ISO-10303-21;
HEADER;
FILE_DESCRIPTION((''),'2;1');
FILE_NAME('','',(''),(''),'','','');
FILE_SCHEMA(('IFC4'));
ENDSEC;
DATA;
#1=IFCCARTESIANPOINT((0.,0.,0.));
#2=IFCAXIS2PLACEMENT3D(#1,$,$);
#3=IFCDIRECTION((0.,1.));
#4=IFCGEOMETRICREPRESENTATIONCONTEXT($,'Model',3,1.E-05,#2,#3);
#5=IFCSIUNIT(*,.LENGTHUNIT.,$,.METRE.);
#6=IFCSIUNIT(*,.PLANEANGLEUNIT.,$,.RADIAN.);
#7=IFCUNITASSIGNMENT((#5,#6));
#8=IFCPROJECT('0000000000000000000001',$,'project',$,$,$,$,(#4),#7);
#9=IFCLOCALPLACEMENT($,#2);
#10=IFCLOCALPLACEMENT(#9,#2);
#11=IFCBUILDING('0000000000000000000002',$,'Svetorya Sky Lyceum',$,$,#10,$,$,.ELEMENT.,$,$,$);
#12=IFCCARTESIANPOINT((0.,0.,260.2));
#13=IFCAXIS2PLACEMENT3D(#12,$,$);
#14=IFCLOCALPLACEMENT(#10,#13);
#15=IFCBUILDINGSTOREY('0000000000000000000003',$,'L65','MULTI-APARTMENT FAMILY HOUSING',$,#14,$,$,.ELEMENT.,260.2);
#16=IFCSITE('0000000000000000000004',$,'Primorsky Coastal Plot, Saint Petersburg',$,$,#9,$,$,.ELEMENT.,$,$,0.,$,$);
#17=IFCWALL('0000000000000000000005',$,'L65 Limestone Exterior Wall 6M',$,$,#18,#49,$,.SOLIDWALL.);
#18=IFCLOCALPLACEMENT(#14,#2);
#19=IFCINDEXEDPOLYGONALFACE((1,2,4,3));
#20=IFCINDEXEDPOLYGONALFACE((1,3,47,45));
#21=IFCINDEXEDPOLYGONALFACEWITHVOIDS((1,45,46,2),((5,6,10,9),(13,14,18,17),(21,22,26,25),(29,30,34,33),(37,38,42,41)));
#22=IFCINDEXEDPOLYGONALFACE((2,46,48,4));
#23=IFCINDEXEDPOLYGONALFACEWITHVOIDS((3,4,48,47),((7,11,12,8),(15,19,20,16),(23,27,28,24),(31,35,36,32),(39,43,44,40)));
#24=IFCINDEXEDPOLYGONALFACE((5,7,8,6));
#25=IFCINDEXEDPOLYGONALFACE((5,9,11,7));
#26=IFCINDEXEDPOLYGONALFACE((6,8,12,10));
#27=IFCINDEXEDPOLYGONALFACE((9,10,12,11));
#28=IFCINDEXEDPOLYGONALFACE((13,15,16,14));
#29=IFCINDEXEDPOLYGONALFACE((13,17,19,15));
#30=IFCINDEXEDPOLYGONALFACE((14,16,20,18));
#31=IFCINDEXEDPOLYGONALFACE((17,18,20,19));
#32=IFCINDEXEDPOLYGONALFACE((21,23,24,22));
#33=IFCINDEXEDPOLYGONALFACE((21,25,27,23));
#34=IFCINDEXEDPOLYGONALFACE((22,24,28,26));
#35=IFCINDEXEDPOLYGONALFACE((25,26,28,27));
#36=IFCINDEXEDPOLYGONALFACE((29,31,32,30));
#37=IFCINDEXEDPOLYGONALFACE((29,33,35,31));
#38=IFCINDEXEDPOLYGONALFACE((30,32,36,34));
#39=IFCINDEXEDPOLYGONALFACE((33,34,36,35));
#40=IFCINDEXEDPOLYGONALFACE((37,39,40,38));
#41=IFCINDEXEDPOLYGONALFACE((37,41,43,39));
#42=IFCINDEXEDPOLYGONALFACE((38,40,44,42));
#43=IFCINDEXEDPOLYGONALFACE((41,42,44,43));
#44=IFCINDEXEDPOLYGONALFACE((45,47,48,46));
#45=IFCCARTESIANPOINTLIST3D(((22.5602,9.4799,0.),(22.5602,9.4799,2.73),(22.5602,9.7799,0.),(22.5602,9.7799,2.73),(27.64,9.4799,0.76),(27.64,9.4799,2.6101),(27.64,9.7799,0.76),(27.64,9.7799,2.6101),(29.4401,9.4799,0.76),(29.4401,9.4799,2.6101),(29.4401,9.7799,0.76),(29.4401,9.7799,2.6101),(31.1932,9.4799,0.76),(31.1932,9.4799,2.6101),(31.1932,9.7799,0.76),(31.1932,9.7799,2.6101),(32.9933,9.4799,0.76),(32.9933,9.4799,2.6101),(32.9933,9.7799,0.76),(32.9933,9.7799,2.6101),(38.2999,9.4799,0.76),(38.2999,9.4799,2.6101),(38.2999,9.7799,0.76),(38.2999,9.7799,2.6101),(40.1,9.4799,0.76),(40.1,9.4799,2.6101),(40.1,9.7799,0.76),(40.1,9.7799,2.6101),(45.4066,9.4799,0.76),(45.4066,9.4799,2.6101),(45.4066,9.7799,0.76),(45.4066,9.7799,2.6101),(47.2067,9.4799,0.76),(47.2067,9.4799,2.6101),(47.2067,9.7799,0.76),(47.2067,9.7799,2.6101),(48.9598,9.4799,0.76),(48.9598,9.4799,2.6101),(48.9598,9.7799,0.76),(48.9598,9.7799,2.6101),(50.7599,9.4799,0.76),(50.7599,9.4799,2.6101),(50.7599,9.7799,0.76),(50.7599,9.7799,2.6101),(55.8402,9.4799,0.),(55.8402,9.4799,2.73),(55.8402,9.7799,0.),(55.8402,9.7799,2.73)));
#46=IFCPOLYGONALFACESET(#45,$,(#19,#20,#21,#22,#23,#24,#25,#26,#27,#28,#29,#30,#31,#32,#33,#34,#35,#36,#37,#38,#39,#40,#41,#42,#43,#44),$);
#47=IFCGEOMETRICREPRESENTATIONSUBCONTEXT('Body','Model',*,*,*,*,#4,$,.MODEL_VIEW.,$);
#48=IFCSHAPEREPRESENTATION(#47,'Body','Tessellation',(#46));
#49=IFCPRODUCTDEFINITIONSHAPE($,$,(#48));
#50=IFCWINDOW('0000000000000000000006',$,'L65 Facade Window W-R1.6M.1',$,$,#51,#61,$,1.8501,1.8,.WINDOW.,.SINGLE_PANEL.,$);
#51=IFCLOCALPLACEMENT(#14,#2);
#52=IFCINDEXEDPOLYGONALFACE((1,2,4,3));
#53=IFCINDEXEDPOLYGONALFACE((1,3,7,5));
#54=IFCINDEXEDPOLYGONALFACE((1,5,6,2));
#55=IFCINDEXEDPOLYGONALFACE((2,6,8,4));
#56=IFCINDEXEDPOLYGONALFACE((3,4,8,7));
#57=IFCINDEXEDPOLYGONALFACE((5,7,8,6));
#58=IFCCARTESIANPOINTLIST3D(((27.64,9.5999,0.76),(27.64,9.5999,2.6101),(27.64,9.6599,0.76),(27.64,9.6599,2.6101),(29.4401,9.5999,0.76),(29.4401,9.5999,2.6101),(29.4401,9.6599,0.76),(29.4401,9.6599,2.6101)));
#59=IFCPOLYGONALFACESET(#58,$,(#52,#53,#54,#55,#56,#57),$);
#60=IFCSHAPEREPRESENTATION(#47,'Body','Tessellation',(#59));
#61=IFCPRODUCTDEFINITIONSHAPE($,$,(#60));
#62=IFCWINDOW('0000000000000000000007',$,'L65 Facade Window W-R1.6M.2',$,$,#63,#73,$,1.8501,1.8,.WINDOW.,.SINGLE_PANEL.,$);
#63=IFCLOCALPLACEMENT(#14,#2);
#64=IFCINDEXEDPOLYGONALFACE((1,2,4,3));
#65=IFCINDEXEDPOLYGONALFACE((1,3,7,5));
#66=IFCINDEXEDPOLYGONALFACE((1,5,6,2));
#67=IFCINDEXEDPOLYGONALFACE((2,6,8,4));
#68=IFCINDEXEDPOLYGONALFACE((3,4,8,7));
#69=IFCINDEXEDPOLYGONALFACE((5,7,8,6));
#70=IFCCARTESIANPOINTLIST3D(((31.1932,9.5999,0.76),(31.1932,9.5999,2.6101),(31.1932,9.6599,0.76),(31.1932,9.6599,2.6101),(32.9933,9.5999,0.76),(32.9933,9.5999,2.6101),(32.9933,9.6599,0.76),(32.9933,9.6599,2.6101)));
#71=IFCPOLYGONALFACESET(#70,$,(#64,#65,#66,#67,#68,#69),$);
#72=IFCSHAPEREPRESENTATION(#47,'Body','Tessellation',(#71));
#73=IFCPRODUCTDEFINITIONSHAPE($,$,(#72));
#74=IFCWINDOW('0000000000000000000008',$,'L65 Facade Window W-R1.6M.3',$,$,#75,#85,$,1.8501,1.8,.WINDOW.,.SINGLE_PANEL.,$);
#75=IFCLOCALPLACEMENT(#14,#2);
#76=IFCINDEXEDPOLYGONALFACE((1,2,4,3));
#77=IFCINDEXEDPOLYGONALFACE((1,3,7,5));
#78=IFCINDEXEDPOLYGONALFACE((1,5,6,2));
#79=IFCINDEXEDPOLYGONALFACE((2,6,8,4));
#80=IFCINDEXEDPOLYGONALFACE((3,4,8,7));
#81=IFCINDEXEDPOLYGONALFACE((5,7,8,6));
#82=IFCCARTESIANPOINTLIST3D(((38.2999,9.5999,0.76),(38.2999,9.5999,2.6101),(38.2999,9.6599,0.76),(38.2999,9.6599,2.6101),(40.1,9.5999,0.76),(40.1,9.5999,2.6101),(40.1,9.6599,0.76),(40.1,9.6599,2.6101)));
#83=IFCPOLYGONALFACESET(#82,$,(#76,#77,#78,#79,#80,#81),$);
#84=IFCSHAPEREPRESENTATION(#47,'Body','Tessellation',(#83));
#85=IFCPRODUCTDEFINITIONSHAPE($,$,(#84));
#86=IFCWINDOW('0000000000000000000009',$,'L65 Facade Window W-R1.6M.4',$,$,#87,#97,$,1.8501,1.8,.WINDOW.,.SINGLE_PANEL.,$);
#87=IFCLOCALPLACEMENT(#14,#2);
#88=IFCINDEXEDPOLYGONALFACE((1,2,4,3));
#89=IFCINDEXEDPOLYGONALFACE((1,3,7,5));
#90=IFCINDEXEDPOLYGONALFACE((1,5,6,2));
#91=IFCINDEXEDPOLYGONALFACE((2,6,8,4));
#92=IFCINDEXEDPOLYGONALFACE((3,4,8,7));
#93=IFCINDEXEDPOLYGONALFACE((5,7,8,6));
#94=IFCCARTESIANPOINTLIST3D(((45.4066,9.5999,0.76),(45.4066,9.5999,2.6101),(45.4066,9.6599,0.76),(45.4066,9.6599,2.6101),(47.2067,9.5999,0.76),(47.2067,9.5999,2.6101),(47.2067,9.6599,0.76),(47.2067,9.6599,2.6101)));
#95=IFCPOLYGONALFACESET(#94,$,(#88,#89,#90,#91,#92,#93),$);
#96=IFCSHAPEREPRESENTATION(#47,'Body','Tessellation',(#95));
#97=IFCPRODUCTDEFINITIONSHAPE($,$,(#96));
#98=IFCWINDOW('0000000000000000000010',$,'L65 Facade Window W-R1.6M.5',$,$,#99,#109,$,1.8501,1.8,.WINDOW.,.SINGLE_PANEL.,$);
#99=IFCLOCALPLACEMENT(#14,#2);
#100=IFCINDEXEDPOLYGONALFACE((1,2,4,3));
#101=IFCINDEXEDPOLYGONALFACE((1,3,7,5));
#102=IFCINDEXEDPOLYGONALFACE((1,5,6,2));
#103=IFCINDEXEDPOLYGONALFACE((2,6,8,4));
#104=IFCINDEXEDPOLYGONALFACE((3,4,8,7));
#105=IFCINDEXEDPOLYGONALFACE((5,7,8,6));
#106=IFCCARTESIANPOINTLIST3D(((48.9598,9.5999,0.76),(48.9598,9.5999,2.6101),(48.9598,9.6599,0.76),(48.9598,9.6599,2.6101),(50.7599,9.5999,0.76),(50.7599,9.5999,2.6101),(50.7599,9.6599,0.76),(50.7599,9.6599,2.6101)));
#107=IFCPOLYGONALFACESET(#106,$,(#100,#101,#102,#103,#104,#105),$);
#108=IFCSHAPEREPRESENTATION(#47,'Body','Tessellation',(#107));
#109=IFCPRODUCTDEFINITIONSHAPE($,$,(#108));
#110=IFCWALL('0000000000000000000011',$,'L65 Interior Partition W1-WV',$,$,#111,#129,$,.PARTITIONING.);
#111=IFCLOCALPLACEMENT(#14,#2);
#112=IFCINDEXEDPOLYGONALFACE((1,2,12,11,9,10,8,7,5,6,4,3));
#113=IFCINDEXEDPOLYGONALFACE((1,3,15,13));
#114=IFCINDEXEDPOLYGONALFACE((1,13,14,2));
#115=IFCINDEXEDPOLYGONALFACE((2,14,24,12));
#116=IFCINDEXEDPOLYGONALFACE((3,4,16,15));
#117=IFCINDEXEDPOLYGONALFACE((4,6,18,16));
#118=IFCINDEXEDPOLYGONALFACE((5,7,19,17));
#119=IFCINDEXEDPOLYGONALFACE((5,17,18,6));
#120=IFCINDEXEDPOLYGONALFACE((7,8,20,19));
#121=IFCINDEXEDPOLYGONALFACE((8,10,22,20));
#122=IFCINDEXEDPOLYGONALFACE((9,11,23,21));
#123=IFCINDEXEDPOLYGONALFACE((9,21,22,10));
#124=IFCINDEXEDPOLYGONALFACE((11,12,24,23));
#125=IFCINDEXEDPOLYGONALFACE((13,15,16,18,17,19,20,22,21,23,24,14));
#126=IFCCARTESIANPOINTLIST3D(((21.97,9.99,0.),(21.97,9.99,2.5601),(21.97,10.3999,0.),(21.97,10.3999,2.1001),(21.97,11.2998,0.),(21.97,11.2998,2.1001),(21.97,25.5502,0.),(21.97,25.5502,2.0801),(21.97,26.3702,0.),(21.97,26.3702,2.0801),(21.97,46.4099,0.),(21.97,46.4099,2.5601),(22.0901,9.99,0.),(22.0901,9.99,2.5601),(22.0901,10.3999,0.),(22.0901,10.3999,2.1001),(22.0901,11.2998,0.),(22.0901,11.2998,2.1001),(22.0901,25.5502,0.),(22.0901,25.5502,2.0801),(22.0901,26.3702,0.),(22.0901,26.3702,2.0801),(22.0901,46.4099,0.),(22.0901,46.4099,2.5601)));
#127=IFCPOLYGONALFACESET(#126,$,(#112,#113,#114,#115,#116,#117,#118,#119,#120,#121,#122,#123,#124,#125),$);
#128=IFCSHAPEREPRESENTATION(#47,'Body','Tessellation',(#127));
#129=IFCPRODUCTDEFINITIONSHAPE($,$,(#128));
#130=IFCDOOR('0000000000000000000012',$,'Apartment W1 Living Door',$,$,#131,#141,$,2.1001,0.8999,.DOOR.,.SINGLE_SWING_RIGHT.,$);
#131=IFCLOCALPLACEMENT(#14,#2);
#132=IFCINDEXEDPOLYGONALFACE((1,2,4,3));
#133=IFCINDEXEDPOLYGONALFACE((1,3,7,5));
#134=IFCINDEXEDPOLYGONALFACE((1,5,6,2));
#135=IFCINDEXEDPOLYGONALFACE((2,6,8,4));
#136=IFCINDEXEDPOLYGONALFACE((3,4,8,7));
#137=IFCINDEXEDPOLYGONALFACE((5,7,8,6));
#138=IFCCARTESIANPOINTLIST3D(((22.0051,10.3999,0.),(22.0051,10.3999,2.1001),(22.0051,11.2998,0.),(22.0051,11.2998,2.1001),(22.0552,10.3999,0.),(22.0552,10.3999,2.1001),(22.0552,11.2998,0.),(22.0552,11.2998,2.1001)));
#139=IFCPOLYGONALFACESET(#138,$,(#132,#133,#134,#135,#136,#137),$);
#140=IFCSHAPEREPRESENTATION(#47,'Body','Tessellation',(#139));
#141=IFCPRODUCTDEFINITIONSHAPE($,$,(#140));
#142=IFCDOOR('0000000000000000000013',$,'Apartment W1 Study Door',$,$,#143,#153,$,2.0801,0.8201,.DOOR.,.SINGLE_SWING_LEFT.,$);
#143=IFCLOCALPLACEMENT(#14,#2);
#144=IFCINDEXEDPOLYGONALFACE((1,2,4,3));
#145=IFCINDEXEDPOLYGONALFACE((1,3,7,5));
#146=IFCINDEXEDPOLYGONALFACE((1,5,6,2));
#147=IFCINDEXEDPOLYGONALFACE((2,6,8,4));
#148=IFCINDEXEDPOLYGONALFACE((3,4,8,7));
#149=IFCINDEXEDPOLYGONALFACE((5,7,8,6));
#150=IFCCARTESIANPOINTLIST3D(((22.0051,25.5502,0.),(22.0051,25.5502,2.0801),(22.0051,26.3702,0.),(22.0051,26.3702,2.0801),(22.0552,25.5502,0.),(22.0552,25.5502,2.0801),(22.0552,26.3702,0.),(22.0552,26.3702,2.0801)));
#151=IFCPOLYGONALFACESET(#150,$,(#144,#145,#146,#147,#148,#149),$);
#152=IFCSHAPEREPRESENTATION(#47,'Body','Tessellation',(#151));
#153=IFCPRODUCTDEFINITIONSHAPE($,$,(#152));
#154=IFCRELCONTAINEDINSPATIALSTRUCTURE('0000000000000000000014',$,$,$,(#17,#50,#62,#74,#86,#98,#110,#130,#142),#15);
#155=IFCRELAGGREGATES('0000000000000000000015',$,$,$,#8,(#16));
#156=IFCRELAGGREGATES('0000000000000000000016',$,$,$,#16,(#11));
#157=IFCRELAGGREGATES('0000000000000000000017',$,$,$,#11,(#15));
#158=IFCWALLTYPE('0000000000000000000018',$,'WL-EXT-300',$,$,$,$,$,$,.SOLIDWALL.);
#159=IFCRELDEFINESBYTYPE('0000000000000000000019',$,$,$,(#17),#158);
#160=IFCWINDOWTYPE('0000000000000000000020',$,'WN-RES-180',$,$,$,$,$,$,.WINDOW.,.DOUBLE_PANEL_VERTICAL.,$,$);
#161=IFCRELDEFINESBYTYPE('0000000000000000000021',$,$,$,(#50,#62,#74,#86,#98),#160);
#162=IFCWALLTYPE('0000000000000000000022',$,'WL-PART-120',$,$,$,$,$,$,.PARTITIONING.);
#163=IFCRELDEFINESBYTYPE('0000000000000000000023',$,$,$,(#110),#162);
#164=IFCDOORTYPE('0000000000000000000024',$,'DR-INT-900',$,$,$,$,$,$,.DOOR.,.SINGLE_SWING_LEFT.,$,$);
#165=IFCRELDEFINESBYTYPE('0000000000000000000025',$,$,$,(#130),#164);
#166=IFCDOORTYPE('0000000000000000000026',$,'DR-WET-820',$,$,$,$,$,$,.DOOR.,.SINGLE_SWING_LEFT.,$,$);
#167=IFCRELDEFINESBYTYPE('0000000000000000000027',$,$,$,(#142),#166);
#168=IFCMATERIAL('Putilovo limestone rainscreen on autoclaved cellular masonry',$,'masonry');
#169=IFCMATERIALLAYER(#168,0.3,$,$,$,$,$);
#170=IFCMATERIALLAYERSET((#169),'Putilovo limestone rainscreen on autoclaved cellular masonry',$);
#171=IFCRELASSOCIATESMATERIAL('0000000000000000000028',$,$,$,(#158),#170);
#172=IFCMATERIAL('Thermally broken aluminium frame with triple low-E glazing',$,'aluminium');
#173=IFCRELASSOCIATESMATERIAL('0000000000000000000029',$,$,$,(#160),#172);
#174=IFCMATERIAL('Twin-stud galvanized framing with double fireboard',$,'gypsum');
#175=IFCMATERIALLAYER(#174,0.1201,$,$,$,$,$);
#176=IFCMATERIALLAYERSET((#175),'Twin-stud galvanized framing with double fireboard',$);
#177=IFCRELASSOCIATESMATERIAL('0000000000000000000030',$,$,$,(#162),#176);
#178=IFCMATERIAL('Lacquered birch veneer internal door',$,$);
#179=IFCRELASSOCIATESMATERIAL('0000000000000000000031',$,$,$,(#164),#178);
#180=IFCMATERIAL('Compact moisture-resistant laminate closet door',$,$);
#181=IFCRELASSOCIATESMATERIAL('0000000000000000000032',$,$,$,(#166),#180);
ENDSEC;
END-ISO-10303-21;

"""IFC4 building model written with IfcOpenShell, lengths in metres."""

from ifc_helpers import new_model, si_unit, direction, frame, frame_2d, origin, place, context, subcontext, project, spatial, rectangle, extrude, material, layer, layer_set, type_object, element, fill, save


model = new_model("IFC4")

# Units and contexts
model_context = context("Model", 3, precision=1e-05, world=origin(), true_north=direction((0.0, 1.0)))
body_context = subcontext(model_context, "Body", "Model", "MODEL_VIEW")
ifc_project = project(units=[si_unit("LENGTHUNIT", "METRE"), si_unit("PLANEANGLEUNIT", "RADIAN")], contexts=[model_context])

# Site, building, storey
site_placement = place(None, origin())
site = spatial("IfcSite", under=ifc_project, at=site_placement, Name="Primorsky Coastal Plot, Saint Petersburg", CompositionType="ELEMENT", RefElevation=0.0)
building_placement = place(site_placement, origin())
building = spatial("IfcBuilding", under=site, at=building_placement, Name="Svetorya Sky Lyceum", CompositionType="ELEMENT")
storey_placement = place(building_placement, frame((0.0, 0.0, 260.2)))
storey = spatial("IfcBuildingStorey", under=building, at=storey_placement, Name="L65", Description="MULTI-APARTMENT FAMILY HOUSING", CompositionType="ELEMENT", Elevation=260.2)

# Wall, openings, windows
ifc_material_1 = material(Name="Putilovo limestone rainscreen on autoclaved cellular masonry", Category="masonry")
ifc_layer_1 = layer(ifc_material_1, 0.3)
ifc_layer_set_1 = layer_set([ifc_layer_1], Name="Putilovo limestone rainscreen on autoclaved cellular masonry")
wall_type_1 = type_object("IfcWallType", Name="WL-EXT-300", PredefinedType="SOLIDWALL", material=ifc_layer_set_1)
wall_1_placement = place(storey_placement, frame((22.5601, 9.6299, 0.0), z_axis=(0.0, 0.0, 1.0), x_axis=(1.0, 0.0, 0.0)))
wall_1 = element("IfcWall", 1, at=wall_1_placement, inside=storey, type_object=wall_type_1, Name="L65 Limestone Exterior Wall 6M", PredefinedType="SOLIDWALL", context=body_context, shape_type="SweptSolid", body=[
    extrude(rectangle(XDim=33.28, YDim=0.3, at=frame_2d((16.6401, 0.0))), origin(), (0.0, 0.0, 1.0), 2.73),
])
opening_1_placement = place(wall_1_placement, frame((5.0801, 0.0, 0.76)))
opening_1 = element("IfcOpeningElement", 2, at=opening_1_placement, cuts=wall_1, PredefinedType="OPENING", context=body_context, shape_type="SweptSolid", body=[
    extrude(rectangle(XDim=1.8, YDim=1.8501, at=frame_2d((0.8999, 0.925))), frame((0.0, 0.1599, 0.0), z_axis=(0.0, -1.0, 0.0), x_axis=(1.0, 0.0, 0.0)), (0.0, 0.0, 1.0), 0.3201),
])
opening_2_placement = place(wall_1_placement, frame((8.6333, 0.0, 0.76)))
opening_2 = element("IfcOpeningElement", 3, at=opening_2_placement, cuts=wall_1, PredefinedType="OPENING", context=body_context, shape_type="SweptSolid", body=[
    extrude(rectangle(XDim=1.8, YDim=1.8501, at=frame_2d((0.8999, 0.925))), frame((0.0, 0.1599, 0.0), z_axis=(0.0, -1.0, 0.0), x_axis=(1.0, 0.0, 0.0)), (0.0, 0.0, 1.0), 0.3201),
])
opening_3_placement = place(wall_1_placement, frame((15.74, 0.0, 0.76)))
opening_3 = element("IfcOpeningElement", 4, at=opening_3_placement, cuts=wall_1, PredefinedType="OPENING", context=body_context, shape_type="SweptSolid", body=[
    extrude(rectangle(XDim=1.8, YDim=1.8501, at=frame_2d((0.8999, 0.925))), frame((0.0, 0.1599, 0.0), z_axis=(0.0, -1.0, 0.0), x_axis=(1.0, 0.0, 0.0)), (0.0, 0.0, 1.0), 0.3201),
])
opening_4_placement = place(wall_1_placement, frame((22.8467, 0.0, 0.76)))
opening_4 = element("IfcOpeningElement", 5, at=opening_4_placement, cuts=wall_1, PredefinedType="OPENING", context=body_context, shape_type="SweptSolid", body=[
    extrude(rectangle(XDim=1.8, YDim=1.8501, at=frame_2d((0.8999, 0.925))), frame((0.0, 0.1599, 0.0), z_axis=(0.0, -1.0, 0.0), x_axis=(1.0, 0.0, 0.0)), (0.0, 0.0, 1.0), 0.3201),
])
opening_5_placement = place(wall_1_placement, frame((26.3999, 0.0, 0.76)))
opening_5 = element("IfcOpeningElement", 6, at=opening_5_placement, cuts=wall_1, PredefinedType="OPENING", context=body_context, shape_type="SweptSolid", body=[
    extrude(rectangle(XDim=1.8, YDim=1.8501, at=frame_2d((0.8999, 0.925))), frame((0.0, 0.1599, 0.0), z_axis=(0.0, -1.0, 0.0), x_axis=(1.0, 0.0, 0.0)), (0.0, 0.0, 1.0), 0.3201),
])
ifc_material_2 = material(Name="Thermally broken aluminium frame with triple low-E glazing", Category="aluminium")
window_type = type_object("IfcWindowType", Name="WN-RES-180", PartitioningType="DOUBLE_PANEL_VERTICAL", PredefinedType="WINDOW", material=ifc_material_2)
window_1_placement = place(opening_1_placement, origin())
window_1 = element("IfcWindow", 7, at=window_1_placement, inside=storey, type_object=window_type, Name="L65 Facade Window W-R1.6M.1", OverallHeight=1.8501, OverallWidth=1.8, PartitioningType="SINGLE_PANEL", PredefinedType="WINDOW", context=body_context, shape_type="SweptSolid", body=[
    extrude(rectangle(XDim=1.8, YDim=1.8501, at=frame_2d((0.8999, 0.925))), frame((0.0, 0.03, 0.0), z_axis=(0.0, -1.0, 0.0), x_axis=(1.0, 0.0, 0.0)), (0.0, 0.0, 1.0), 0.0601),
])
fill(opening_1, window_1)
window_2_placement = place(opening_2_placement, origin())
window_2 = element("IfcWindow", 8, at=window_2_placement, inside=storey, type_object=window_type, Name="L65 Facade Window W-R1.6M.2", OverallHeight=1.8501, OverallWidth=1.8, PartitioningType="SINGLE_PANEL", PredefinedType="WINDOW", context=body_context, shape_type="SweptSolid", body=[
    extrude(rectangle(XDim=1.8, YDim=1.8501, at=frame_2d((0.8999, 0.925))), frame((0.0, 0.03, 0.0), z_axis=(0.0, -1.0, 0.0), x_axis=(1.0, 0.0, 0.0)), (0.0, 0.0, 1.0), 0.0601),
])
fill(opening_2, window_2)
window_3_placement = place(opening_3_placement, origin())
window_3 = element("IfcWindow", 9, at=window_3_placement, inside=storey, type_object=window_type, Name="L65 Facade Window W-R1.6M.3", OverallHeight=1.8501, OverallWidth=1.8, PartitioningType="SINGLE_PANEL", PredefinedType="WINDOW", context=body_context, shape_type="SweptSolid", body=[
    extrude(rectangle(XDim=1.8, YDim=1.8501, at=frame_2d((0.8999, 0.925))), frame((0.0, 0.03, 0.0), z_axis=(0.0, -1.0, 0.0), x_axis=(1.0, 0.0, 0.0)), (0.0, 0.0, 1.0), 0.0601),
])
fill(opening_3, window_3)
window_4_placement = place(opening_4_placement, origin())
window_4 = element("IfcWindow", 10, at=window_4_placement, inside=storey, type_object=window_type, Name="L65 Facade Window W-R1.6M.4", OverallHeight=1.8501, OverallWidth=1.8, PartitioningType="SINGLE_PANEL", PredefinedType="WINDOW", context=body_context, shape_type="SweptSolid", body=[
    extrude(rectangle(XDim=1.8, YDim=1.8501, at=frame_2d((0.8999, 0.925))), frame((0.0, 0.03, 0.0), z_axis=(0.0, -1.0, 0.0), x_axis=(1.0, 0.0, 0.0)), (0.0, 0.0, 1.0), 0.0601),
])
fill(opening_4, window_4)
window_5_placement = place(opening_5_placement, origin())
window_5 = element("IfcWindow", 11, at=window_5_placement, inside=storey, type_object=window_type, Name="L65 Facade Window W-R1.6M.5", OverallHeight=1.8501, OverallWidth=1.8, PartitioningType="SINGLE_PANEL", PredefinedType="WINDOW", context=body_context, shape_type="SweptSolid", body=[
    extrude(rectangle(XDim=1.8, YDim=1.8501, at=frame_2d((0.8999, 0.925))), frame((0.0, 0.03, 0.0), z_axis=(0.0, -1.0, 0.0), x_axis=(1.0, 0.0, 0.0)), (0.0, 0.0, 1.0), 0.0601),
])
fill(opening_5, window_5)

# Wall, openings, doors
ifc_material_3 = material(Name="Twin-stud galvanized framing with double fireboard", Category="gypsum")
ifc_layer_2 = layer(ifc_material_3, 0.1201)
ifc_layer_set_2 = layer_set([ifc_layer_2], Name="Twin-stud galvanized framing with double fireboard")
wall_type_2 = type_object("IfcWallType", Name="WL-PART-120", PredefinedType="PARTITIONING", material=ifc_layer_set_2)
wall_2_placement = place(storey_placement, frame((22.03, 9.99, 0.0), z_axis=(0.0, 0.0, 1.0), x_axis=(0.0, 1.0, 0.0)))
wall_2 = element("IfcWall", 12, at=wall_2_placement, inside=storey, type_object=wall_type_2, Name="L65 Interior Partition W1-WV", PredefinedType="PARTITIONING", context=body_context, shape_type="SweptSolid", body=[
    extrude(rectangle(XDim=36.4199, YDim=0.1201, at=frame_2d((18.21, 0.0))), origin(), (0.0, 0.0, 1.0), 2.5601),
])
opening_6_placement = place(wall_2_placement, frame((0.4099, 0.0, 0.0)))
opening_6 = element("IfcOpeningElement", 13, at=opening_6_placement, cuts=wall_2, PredefinedType="OPENING", context=body_context, shape_type="SweptSolid", body=[
    extrude(rectangle(XDim=0.8999, YDim=2.1001, at=frame_2d((0.45, 1.05))), frame((0.0, 0.0701, 0.0), z_axis=(0.0, -1.0, 0.0), x_axis=(1.0, 0.0, 0.0)), (0.0, 0.0, 1.0), 0.1401),
])
opening_7_placement = place(wall_2_placement, frame((15.5601, 0.0, 0.0)))
opening_7 = element("IfcOpeningElement", 14, at=opening_7_placement, cuts=wall_2, PredefinedType="OPENING", context=body_context, shape_type="SweptSolid", body=[
    extrude(rectangle(XDim=0.8201, YDim=2.0801, at=frame_2d((0.4102, 1.04))), frame((0.0, 0.0701, 0.0), z_axis=(0.0, -1.0, 0.0), x_axis=(1.0, 0.0, 0.0)), (0.0, 0.0, 1.0), 0.1401),
])
ifc_material_4 = material(Name="Lacquered birch veneer internal door")
door_type_1 = type_object("IfcDoorType", Name="DR-INT-900", OperationType="SINGLE_SWING_LEFT", PredefinedType="DOOR", material=ifc_material_4)
door_1_placement = place(opening_6_placement, origin())
door_1 = element("IfcDoor", 15, at=door_1_placement, inside=storey, type_object=door_type_1, Name="Apartment W1 Living Door", OperationType="SINGLE_SWING_RIGHT", OverallHeight=2.1001, OverallWidth=0.8999, PredefinedType="DOOR", context=body_context, shape_type="SweptSolid", body=[
    extrude(rectangle(XDim=0.8999, YDim=2.1001, at=frame_2d((0.45, 1.05))), frame((0.0, 0.0249, 0.0), z_axis=(0.0, -1.0, 0.0), x_axis=(1.0, 0.0, 0.0)), (0.0, 0.0, 1.0), 0.05),
])
fill(opening_6, door_1)
ifc_material_5 = material(Name="Compact moisture-resistant laminate closet door")
door_type_2 = type_object("IfcDoorType", Name="DR-WET-820", OperationType="SINGLE_SWING_LEFT", PredefinedType="DOOR", material=ifc_material_5)
door_2_placement = place(opening_7_placement, origin())
door_2 = element("IfcDoor", 16, at=door_2_placement, inside=storey, type_object=door_type_2, Name="Apartment W1 Study Door", OperationType="SINGLE_SWING_LEFT", OverallHeight=2.0801, OverallWidth=0.8201, PredefinedType="DOOR", context=body_context, shape_type="SweptSolid", body=[
    extrude(rectangle(XDim=0.8201, YDim=2.0801, at=frame_2d((0.4102, 1.04))), frame((0.0, 0.0249, 0.0), z_axis=(0.0, -1.0, 0.0), x_axis=(1.0, 0.0, 0.0)), (0.0, 0.0, 1.0), 0.05),
])
fill(opening_7, door_2)

save(model, "model.ifc")
